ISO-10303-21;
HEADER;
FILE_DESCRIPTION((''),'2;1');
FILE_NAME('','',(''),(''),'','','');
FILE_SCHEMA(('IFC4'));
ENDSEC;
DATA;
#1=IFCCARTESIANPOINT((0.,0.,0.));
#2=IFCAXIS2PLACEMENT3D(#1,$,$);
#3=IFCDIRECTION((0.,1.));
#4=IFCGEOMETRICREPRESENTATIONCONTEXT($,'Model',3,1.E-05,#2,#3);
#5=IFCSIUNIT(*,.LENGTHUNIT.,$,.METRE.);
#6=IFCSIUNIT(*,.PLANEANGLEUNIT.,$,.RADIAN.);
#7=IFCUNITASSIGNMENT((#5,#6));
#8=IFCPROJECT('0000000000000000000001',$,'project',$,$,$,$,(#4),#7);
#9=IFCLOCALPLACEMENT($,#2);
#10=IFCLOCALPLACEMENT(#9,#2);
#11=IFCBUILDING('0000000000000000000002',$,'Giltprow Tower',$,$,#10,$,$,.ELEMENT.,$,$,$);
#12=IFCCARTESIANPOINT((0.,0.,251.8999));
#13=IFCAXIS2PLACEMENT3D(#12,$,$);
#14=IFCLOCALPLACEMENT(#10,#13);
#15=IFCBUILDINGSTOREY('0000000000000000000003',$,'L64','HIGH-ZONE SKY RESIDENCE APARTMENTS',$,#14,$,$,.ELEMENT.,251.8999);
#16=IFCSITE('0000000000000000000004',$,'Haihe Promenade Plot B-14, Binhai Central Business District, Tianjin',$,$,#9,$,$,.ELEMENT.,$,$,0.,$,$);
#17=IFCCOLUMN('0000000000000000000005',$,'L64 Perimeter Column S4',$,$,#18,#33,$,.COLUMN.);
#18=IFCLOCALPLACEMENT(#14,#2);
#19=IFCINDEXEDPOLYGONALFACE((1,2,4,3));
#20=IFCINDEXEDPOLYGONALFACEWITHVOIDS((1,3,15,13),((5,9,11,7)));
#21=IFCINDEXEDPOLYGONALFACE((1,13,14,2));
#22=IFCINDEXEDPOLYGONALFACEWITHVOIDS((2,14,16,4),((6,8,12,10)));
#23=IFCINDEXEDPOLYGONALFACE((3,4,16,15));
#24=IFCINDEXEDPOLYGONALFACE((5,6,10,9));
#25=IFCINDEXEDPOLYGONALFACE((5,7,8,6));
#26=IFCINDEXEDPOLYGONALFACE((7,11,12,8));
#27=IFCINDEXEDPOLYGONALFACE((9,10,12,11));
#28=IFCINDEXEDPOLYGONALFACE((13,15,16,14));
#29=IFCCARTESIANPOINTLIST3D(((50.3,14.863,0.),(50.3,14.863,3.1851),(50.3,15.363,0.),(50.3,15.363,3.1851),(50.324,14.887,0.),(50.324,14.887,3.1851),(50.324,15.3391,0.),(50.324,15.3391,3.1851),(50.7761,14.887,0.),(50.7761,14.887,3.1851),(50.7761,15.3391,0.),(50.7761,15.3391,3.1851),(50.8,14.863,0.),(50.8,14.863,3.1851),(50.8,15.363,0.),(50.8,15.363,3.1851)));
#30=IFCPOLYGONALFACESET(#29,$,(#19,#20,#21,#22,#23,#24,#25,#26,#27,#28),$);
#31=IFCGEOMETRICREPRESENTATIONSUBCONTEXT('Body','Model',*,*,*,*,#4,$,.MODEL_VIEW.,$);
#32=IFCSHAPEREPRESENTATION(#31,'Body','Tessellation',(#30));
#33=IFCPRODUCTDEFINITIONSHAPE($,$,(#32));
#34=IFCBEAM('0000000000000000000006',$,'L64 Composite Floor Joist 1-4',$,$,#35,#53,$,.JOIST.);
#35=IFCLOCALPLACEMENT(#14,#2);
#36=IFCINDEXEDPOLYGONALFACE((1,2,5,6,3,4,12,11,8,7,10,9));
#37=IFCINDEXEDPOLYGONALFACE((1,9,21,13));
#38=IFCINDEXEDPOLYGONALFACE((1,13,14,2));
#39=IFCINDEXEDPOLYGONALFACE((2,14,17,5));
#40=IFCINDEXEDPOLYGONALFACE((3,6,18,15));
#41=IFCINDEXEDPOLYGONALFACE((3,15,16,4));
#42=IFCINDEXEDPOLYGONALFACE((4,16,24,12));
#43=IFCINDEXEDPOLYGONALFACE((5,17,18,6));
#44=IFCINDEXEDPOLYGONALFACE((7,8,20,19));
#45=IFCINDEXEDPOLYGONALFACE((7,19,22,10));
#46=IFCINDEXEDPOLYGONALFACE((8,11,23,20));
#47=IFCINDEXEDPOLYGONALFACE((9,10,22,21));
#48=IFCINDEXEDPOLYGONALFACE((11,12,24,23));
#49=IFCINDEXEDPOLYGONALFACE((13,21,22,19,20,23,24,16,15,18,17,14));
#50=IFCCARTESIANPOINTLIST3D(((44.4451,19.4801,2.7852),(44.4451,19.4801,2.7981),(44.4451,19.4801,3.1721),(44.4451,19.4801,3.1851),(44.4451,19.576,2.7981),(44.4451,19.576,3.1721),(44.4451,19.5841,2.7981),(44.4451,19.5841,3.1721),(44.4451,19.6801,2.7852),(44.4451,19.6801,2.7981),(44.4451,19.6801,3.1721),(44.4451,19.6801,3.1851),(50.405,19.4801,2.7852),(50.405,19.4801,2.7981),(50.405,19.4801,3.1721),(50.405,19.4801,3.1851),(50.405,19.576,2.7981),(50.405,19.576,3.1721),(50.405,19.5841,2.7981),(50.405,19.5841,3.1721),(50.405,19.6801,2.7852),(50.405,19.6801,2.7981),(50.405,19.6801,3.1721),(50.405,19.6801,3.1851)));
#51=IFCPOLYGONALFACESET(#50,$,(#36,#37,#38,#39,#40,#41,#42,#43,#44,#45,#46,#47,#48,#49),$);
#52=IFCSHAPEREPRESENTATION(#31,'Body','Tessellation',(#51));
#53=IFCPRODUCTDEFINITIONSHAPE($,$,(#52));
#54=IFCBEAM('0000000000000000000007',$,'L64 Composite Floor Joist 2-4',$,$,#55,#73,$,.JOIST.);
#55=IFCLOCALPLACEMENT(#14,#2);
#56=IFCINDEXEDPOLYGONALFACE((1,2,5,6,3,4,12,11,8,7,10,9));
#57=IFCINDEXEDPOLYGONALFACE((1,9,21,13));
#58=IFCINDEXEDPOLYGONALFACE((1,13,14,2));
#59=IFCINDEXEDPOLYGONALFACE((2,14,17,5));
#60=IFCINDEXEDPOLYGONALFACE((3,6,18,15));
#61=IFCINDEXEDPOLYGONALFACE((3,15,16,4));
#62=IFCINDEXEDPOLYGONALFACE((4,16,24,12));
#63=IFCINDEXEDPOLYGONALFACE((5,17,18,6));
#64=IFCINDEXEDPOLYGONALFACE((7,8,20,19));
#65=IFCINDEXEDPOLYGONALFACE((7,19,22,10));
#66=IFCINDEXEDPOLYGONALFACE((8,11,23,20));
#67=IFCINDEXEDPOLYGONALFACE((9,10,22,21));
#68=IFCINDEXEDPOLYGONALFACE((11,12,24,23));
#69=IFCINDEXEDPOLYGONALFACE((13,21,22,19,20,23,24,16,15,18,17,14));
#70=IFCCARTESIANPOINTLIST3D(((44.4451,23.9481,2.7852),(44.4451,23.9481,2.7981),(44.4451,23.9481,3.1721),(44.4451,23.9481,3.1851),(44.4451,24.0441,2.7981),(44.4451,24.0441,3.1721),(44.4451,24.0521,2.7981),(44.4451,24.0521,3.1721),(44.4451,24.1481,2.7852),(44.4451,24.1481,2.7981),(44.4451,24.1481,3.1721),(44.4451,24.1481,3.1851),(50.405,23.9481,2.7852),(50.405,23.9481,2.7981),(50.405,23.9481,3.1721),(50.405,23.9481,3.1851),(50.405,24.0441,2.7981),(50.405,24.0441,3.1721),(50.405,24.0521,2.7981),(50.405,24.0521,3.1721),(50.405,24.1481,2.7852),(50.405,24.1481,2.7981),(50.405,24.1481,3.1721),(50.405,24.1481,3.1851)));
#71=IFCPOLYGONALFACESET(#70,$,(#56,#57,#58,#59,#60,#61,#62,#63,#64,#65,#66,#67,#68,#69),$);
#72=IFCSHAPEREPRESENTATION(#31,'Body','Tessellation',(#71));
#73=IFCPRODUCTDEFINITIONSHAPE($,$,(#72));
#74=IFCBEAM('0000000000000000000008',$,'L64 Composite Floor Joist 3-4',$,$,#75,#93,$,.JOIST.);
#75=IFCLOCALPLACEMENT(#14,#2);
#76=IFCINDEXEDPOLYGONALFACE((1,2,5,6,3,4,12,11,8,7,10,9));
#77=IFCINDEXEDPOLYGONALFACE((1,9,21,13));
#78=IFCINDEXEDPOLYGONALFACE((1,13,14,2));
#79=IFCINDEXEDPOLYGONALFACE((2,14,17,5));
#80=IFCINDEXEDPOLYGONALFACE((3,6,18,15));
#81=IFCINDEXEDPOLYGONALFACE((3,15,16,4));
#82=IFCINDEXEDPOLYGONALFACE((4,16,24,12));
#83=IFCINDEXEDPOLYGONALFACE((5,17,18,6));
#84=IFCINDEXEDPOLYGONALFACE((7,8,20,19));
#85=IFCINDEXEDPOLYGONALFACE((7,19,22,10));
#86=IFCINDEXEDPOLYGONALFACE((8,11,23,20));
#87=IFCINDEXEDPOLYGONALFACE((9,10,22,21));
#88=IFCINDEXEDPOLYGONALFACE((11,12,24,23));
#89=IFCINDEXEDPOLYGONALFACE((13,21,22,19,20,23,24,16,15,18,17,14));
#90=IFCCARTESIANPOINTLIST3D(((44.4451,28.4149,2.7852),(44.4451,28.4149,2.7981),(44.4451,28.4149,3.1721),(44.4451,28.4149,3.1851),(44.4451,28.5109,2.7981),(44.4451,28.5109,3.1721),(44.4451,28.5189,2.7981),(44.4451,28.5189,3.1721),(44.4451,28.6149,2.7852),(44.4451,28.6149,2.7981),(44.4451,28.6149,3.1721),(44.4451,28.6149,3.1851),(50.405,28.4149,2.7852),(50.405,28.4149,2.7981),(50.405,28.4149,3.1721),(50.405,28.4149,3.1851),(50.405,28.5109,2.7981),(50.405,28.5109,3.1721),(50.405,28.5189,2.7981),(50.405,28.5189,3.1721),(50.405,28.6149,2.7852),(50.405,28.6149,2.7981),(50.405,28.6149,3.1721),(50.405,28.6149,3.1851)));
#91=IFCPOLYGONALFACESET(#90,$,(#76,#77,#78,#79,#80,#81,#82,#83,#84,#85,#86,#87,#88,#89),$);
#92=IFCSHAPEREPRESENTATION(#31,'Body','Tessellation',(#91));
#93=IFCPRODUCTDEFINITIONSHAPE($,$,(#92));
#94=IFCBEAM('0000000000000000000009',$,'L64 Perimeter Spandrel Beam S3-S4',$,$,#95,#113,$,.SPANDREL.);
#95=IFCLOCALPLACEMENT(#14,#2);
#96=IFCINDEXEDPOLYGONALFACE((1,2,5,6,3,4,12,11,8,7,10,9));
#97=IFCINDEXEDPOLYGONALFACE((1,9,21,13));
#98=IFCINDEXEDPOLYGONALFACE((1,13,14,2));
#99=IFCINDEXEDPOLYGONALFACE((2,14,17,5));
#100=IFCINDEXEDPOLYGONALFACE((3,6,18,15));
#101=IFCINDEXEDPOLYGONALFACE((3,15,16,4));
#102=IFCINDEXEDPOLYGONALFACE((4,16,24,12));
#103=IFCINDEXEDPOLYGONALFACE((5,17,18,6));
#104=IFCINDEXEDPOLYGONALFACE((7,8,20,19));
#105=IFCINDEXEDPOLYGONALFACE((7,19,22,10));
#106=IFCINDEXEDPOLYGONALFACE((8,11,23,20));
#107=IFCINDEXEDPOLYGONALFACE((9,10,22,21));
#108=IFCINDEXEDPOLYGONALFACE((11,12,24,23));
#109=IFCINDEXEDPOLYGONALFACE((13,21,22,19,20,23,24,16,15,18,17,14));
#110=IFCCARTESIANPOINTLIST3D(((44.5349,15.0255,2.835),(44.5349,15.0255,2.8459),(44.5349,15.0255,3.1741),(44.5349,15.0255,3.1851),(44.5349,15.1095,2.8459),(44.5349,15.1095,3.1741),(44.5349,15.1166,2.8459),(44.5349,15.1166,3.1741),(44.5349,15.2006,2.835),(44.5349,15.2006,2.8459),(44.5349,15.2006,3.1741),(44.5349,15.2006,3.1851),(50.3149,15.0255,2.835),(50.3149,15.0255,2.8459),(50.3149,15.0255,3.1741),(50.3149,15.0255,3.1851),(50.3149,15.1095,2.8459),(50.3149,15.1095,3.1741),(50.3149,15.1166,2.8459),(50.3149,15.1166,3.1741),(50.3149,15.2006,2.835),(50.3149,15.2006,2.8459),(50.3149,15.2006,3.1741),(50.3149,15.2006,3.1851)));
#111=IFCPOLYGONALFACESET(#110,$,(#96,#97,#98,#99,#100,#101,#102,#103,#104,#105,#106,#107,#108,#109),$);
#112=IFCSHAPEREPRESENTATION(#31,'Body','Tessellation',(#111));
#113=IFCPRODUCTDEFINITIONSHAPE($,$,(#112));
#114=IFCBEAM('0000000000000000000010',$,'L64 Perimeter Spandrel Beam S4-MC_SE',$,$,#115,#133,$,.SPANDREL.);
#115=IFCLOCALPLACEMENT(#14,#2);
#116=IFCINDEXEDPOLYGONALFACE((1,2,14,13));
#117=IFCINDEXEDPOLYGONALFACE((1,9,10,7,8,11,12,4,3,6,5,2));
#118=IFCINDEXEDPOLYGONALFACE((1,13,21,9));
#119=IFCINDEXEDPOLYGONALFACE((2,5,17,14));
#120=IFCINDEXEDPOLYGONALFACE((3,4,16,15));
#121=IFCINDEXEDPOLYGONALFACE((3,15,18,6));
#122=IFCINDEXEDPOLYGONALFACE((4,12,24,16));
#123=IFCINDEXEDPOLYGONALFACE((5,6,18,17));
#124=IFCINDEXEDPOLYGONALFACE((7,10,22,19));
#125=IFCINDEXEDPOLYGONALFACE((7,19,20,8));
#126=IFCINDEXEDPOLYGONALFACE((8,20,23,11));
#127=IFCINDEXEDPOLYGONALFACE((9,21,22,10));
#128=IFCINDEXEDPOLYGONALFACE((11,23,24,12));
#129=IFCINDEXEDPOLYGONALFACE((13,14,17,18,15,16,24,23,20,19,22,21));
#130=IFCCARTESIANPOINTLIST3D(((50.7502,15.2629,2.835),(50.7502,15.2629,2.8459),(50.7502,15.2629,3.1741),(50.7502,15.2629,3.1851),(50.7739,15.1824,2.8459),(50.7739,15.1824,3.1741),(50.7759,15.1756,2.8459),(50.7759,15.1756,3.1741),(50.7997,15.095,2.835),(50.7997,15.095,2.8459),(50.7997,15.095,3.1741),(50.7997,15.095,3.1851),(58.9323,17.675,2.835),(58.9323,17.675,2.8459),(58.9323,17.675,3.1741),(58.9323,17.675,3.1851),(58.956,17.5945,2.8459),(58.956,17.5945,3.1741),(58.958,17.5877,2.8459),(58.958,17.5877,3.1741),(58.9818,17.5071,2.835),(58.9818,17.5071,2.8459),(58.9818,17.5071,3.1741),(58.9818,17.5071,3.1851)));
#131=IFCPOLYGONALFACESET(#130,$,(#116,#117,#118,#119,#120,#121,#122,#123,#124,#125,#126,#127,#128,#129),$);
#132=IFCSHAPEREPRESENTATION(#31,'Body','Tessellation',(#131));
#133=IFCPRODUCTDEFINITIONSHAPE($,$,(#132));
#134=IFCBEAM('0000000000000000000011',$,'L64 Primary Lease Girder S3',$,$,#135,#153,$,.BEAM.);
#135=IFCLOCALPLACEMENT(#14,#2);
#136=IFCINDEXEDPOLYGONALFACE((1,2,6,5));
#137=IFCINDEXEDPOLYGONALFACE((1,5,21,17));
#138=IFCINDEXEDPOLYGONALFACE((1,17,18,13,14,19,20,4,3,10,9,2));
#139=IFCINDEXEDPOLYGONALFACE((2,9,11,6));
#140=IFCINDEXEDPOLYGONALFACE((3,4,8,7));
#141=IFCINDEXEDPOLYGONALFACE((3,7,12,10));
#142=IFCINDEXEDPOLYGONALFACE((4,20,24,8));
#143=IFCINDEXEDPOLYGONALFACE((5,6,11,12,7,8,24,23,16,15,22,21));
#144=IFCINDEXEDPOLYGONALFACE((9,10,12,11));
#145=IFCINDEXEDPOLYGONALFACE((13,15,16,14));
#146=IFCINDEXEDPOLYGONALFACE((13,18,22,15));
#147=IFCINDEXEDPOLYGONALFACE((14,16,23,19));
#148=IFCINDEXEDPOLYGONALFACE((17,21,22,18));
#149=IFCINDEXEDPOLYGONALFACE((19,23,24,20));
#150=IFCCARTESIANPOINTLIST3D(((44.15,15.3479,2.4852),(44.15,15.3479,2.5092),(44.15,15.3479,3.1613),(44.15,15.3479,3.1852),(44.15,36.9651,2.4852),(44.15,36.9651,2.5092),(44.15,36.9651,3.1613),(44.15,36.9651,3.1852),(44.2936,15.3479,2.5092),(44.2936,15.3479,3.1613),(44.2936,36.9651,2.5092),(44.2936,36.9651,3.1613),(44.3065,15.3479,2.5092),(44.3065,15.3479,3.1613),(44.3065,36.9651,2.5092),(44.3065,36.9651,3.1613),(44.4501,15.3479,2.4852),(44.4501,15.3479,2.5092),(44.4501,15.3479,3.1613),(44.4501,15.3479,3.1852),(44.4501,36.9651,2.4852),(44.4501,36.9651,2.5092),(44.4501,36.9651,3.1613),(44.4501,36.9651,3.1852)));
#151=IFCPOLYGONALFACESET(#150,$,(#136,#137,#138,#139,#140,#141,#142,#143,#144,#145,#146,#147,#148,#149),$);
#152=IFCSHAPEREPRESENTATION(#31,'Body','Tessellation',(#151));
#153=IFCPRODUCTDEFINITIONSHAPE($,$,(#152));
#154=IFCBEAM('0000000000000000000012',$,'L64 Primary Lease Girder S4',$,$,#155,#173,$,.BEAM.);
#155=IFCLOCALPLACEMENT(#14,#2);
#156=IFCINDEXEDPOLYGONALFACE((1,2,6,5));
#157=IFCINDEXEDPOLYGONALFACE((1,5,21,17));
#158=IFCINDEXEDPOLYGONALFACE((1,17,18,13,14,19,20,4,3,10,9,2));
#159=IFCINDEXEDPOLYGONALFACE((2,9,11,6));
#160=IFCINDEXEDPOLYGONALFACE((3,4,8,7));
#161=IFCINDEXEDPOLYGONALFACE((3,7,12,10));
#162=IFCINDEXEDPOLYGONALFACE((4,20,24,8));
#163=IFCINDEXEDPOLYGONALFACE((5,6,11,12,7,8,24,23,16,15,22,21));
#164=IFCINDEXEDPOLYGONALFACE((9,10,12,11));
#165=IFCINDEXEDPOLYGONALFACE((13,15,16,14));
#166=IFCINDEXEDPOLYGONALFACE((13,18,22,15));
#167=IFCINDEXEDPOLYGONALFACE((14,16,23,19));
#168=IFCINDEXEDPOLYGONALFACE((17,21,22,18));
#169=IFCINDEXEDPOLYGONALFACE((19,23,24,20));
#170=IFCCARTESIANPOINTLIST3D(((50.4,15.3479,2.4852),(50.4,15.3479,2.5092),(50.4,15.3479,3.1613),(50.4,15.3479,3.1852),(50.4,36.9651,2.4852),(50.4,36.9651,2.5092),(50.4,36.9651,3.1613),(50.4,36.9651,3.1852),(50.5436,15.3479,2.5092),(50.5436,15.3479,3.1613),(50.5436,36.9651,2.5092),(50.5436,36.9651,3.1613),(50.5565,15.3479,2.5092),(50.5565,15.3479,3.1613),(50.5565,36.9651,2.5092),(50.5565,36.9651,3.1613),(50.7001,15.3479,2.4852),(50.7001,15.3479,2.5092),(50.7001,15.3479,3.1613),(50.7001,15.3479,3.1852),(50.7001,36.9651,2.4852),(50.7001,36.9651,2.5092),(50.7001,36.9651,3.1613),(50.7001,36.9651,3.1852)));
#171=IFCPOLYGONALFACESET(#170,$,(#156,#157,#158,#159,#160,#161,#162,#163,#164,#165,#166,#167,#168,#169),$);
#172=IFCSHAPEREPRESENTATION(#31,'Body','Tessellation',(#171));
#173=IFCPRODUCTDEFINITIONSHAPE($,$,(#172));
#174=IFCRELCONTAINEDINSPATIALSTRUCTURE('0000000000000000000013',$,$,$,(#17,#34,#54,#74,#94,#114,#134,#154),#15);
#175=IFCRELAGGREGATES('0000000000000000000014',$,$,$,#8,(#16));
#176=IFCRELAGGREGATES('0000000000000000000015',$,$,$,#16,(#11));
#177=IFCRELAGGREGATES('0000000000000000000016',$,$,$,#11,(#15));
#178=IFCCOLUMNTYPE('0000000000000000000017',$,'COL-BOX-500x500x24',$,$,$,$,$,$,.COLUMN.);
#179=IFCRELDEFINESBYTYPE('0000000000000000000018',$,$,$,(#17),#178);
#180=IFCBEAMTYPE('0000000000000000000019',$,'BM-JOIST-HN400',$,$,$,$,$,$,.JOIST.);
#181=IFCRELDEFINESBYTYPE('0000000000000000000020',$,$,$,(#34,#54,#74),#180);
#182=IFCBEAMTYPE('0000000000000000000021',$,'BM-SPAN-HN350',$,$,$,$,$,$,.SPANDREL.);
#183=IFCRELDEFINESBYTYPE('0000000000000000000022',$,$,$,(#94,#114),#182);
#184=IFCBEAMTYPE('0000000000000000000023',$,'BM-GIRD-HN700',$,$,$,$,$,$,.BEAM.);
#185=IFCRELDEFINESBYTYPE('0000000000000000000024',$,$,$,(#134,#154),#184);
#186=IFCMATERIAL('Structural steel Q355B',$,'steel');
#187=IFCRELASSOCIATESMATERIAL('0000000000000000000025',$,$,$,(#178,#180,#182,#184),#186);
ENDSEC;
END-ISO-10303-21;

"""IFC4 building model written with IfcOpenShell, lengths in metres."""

from ifc_helpers import new_model, si_unit, direction, frame, origin, origin_2d, place, context, subcontext, project, spatial, hollow_rectangle, i_section, extrude, source, transform, mapped, material, material_profile, profile_set, type_object, element, save


model = new_model("IFC4")

# Units and contexts
model_context = context("Model", 3, precision=1e-05, world=origin(), true_north=direction((0.0, 1.0)))
body_context = subcontext(model_context, "Body", "Model", "MODEL_VIEW")
ifc_project = project(units=[si_unit("LENGTHUNIT", "METRE"), si_unit("PLANEANGLEUNIT", "RADIAN")], contexts=[model_context])

# Site, building, storey
site_placement = place(None, origin())
site = spatial("IfcSite", under=ifc_project, at=site_placement, Name="Haihe Promenade Plot B-14, Binhai Central Business District, Tianjin", CompositionType="ELEMENT", RefElevation=0.0)
building_placement = place(site_placement, origin())
building = spatial("IfcBuilding", under=site, at=building_placement, Name="Giltprow Tower", CompositionType="ELEMENT")
storey_placement = place(building_placement, frame((0.0, 0.0, 251.8999)))
storey = spatial("IfcBuildingStorey", under=building, at=storey_placement, Name="L64", Description="HIGH-ZONE SKY RESIDENCE APARTMENTS", CompositionType="ELEMENT", Elevation=251.8999)

# Column
ifc_material_1 = material(Name="Structural steel Q355B", Category="steel")
ifc_material_profile_1 = material_profile(ifc_material_1, hollow_rectangle(XDim=0.5, YDim=0.5, WallThickness=0.0239, at=origin_2d()), Name="BOX 500x500x24")
ifc_profile_set_1 = profile_set([ifc_material_profile_1], Name="Structural steel Q355B")
column_type = type_object("IfcColumnType", Name="COL-BOX-500x500x24", PredefinedType="COLUMN", material=ifc_profile_set_1)
shared_shape_1 = source(origin(), body_context, "Body", "SweptSolid", [
    extrude(hollow_rectangle(XDim=0.5, YDim=0.5, WallThickness=0.0239, at=origin_2d()), origin(), (0.0, 0.0, 1.0), 3.1851),
])
column_placement = place(storey_placement, frame((50.55, 15.113, 0.0), z_axis=(0.0, 0.0, 1.0), x_axis=(1.0, 0.0, 0.0)))
element("IfcColumn", 1, at=column_placement, inside=storey, type_object=column_type, Name="L64 Perimeter Column S4", PredefinedType="COLUMN", context=body_context, shape_type="MappedRepresentation", body=[
    mapped(shared_shape_1, transform((0.0, 0.0, 0.0), x_axis=(1.0, 0.0, 0.0), y_axis=(0.0, 1.0, 0.0), z_axis=(0.0, 0.0, 1.0), scale=1.0)),
])

# Beams
ifc_material_profile_2 = material_profile(ifc_material_1, i_section(OverallWidth=0.2, OverallDepth=0.3999, WebThickness=0.0081, FlangeThickness=0.0129, at=origin_2d()), Name="HN 400x200x8x13")
ifc_profile_set_2 = profile_set([ifc_material_profile_2], Name="Structural steel Q355B")
beam_type_1 = type_object("IfcBeamType", Name="BM-JOIST-HN400", PredefinedType="JOIST", material=ifc_profile_set_2)
shared_shape_2 = source(origin(), body_context, "Body", "SweptSolid", [
    extrude(i_section(OverallWidth=0.2, OverallDepth=0.3999, WebThickness=0.0081, FlangeThickness=0.0129, at=origin_2d()), origin(), (0.0, 0.0, 1.0), 5.96),
])
for number, where, z_axis, x_axis, name in (
    (2, (44.4451, 19.5801, 2.9851), (1.0, 0.0, 0.0), (0.0, 1.0, 0.0), "L64 Composite Floor Joist 1-4"),
    (3, (44.4451, 24.0481, 2.9851), (1.0, 0.0, 0.0), (0.0, 1.0, 0.0), "L64 Composite Floor Joist 2-4"),
    (4, (44.4451, 28.5149, 2.9851), (1.0, 0.0, 0.0), (0.0, 1.0, 0.0), "L64 Composite Floor Joist 3-4"),
):
    element("IfcBeam", number, at=place(storey_placement, frame(where, z_axis=z_axis, x_axis=x_axis)), inside=storey, type_object=beam_type_1, Name=name, PredefinedType="JOIST", context=body_context, shape_type="MappedRepresentation", body=[
        mapped(shared_shape_2, transform((0.0, 0.0, 0.0), x_axis=(1.0, 0.0, 0.0), y_axis=(0.0, 1.0, 0.0), z_axis=(0.0, 0.0, 1.0), scale=1.0)),
    ])
ifc_material_profile_3 = material_profile(ifc_material_1, i_section(OverallWidth=0.175, OverallDepth=0.3501, WebThickness=0.0071, FlangeThickness=0.011, at=origin_2d()), Name="HN 350x175x7x11")
ifc_profile_set_3 = profile_set([ifc_material_profile_3], Name="Structural steel Q355B")
beam_type_2 = type_object("IfcBeamType", Name="BM-SPAN-HN350", PredefinedType="SPANDREL", material=ifc_profile_set_3)
shared_shape_3 = source(origin(), body_context, "Body", "SweptSolid", [
    extrude(i_section(OverallWidth=0.175, OverallDepth=0.3501, WebThickness=0.0071, FlangeThickness=0.011, at=origin_2d()), origin(), (0.0, 0.0, 1.0), 5.78),
])
beam_1_placement = place(storey_placement, frame((44.5349, 15.113, 3.01), z_axis=(1.0, 0.0, 0.0), x_axis=(0.0, 1.0, 0.0)))
element("IfcBeam", 5, at=beam_1_placement, inside=storey, type_object=beam_type_2, Name="L64 Perimeter Spandrel Beam S3-S4", PredefinedType="SPANDREL", context=body_context, shape_type="MappedRepresentation", body=[
    mapped(shared_shape_3, transform((0.0, 0.0, 0.0), x_axis=(1.0, 0.0, 0.0), y_axis=(0.0, 1.0, 0.0), z_axis=(0.0, 0.0, 1.0), scale=1.0)),
])
shared_shape_4 = source(origin(), body_context, "Body", "SweptSolid", [
    extrude(i_section(OverallWidth=0.175, OverallDepth=0.3501, WebThickness=0.0071, FlangeThickness=0.011, at=origin_2d()), origin(), (0.0, 0.0, 1.0), 8.5303),
])
beam_2_placement = place(storey_placement, frame((50.7749, 15.179, 3.01), z_axis=(0.959188, 0.282771, 0.0), x_axis=(-0.282771, 0.959188, 0.0)))
element("IfcBeam", 6, at=beam_2_placement, inside=storey, type_object=beam_type_2, Name="L64 Perimeter Spandrel Beam S4-MC_SE", PredefinedType="SPANDREL", context=body_context, shape_type="MappedRepresentation", body=[
    mapped(shared_shape_4, transform((0.0, 0.0, 0.0), x_axis=(1.0, 0.0, 0.0), y_axis=(0.0, 1.0, 0.0), z_axis=(0.0, 0.0, 1.0), scale=1.0)),
])
ifc_material_profile_4 = material_profile(ifc_material_1, i_section(OverallWidth=0.3, OverallDepth=0.7, WebThickness=0.0129, FlangeThickness=0.0239, at=origin_2d()), Name="HN 700x300x13x24")
ifc_profile_set_4 = profile_set([ifc_material_profile_4], Name="Structural steel Q355B")
beam_type_3 = type_object("IfcBeamType", Name="BM-GIRD-HN700", PredefinedType="BEAM", material=ifc_profile_set_4)
shared_shape_5 = source(origin(), body_context, "Body", "SweptSolid", [
    extrude(i_section(OverallWidth=0.3, OverallDepth=0.7, WebThickness=0.0129, FlangeThickness=0.0239, at=origin_2d()), origin(), (0.0, 0.0, 1.0), 21.6172),
])
for number, where, z_axis, x_axis, name in (
    (7, (44.3, 15.3479, 2.8352), (0.0, 1.0, 0.0), (-1.0, 0.0, 0.0), "L64 Primary Lease Girder S3"),
    (8, (50.55, 15.3479, 2.8352), (0.0, 1.0, 0.0), (-1.0, 0.0, 0.0), "L64 Primary Lease Girder S4"),
):
    element("IfcBeam", number, at=place(storey_placement, frame(where, z_axis=z_axis, x_axis=x_axis)), inside=storey, type_object=beam_type_3, Name=name, PredefinedType="BEAM", context=body_context, shape_type="MappedRepresentation", body=[
        mapped(shared_shape_5, transform((0.0, 0.0, 0.0), x_axis=(1.0, 0.0, 0.0), y_axis=(0.0, 1.0, 0.0), z_axis=(0.0, 0.0, 1.0), scale=1.0)),
    ])

save(model, "model.ifc")
